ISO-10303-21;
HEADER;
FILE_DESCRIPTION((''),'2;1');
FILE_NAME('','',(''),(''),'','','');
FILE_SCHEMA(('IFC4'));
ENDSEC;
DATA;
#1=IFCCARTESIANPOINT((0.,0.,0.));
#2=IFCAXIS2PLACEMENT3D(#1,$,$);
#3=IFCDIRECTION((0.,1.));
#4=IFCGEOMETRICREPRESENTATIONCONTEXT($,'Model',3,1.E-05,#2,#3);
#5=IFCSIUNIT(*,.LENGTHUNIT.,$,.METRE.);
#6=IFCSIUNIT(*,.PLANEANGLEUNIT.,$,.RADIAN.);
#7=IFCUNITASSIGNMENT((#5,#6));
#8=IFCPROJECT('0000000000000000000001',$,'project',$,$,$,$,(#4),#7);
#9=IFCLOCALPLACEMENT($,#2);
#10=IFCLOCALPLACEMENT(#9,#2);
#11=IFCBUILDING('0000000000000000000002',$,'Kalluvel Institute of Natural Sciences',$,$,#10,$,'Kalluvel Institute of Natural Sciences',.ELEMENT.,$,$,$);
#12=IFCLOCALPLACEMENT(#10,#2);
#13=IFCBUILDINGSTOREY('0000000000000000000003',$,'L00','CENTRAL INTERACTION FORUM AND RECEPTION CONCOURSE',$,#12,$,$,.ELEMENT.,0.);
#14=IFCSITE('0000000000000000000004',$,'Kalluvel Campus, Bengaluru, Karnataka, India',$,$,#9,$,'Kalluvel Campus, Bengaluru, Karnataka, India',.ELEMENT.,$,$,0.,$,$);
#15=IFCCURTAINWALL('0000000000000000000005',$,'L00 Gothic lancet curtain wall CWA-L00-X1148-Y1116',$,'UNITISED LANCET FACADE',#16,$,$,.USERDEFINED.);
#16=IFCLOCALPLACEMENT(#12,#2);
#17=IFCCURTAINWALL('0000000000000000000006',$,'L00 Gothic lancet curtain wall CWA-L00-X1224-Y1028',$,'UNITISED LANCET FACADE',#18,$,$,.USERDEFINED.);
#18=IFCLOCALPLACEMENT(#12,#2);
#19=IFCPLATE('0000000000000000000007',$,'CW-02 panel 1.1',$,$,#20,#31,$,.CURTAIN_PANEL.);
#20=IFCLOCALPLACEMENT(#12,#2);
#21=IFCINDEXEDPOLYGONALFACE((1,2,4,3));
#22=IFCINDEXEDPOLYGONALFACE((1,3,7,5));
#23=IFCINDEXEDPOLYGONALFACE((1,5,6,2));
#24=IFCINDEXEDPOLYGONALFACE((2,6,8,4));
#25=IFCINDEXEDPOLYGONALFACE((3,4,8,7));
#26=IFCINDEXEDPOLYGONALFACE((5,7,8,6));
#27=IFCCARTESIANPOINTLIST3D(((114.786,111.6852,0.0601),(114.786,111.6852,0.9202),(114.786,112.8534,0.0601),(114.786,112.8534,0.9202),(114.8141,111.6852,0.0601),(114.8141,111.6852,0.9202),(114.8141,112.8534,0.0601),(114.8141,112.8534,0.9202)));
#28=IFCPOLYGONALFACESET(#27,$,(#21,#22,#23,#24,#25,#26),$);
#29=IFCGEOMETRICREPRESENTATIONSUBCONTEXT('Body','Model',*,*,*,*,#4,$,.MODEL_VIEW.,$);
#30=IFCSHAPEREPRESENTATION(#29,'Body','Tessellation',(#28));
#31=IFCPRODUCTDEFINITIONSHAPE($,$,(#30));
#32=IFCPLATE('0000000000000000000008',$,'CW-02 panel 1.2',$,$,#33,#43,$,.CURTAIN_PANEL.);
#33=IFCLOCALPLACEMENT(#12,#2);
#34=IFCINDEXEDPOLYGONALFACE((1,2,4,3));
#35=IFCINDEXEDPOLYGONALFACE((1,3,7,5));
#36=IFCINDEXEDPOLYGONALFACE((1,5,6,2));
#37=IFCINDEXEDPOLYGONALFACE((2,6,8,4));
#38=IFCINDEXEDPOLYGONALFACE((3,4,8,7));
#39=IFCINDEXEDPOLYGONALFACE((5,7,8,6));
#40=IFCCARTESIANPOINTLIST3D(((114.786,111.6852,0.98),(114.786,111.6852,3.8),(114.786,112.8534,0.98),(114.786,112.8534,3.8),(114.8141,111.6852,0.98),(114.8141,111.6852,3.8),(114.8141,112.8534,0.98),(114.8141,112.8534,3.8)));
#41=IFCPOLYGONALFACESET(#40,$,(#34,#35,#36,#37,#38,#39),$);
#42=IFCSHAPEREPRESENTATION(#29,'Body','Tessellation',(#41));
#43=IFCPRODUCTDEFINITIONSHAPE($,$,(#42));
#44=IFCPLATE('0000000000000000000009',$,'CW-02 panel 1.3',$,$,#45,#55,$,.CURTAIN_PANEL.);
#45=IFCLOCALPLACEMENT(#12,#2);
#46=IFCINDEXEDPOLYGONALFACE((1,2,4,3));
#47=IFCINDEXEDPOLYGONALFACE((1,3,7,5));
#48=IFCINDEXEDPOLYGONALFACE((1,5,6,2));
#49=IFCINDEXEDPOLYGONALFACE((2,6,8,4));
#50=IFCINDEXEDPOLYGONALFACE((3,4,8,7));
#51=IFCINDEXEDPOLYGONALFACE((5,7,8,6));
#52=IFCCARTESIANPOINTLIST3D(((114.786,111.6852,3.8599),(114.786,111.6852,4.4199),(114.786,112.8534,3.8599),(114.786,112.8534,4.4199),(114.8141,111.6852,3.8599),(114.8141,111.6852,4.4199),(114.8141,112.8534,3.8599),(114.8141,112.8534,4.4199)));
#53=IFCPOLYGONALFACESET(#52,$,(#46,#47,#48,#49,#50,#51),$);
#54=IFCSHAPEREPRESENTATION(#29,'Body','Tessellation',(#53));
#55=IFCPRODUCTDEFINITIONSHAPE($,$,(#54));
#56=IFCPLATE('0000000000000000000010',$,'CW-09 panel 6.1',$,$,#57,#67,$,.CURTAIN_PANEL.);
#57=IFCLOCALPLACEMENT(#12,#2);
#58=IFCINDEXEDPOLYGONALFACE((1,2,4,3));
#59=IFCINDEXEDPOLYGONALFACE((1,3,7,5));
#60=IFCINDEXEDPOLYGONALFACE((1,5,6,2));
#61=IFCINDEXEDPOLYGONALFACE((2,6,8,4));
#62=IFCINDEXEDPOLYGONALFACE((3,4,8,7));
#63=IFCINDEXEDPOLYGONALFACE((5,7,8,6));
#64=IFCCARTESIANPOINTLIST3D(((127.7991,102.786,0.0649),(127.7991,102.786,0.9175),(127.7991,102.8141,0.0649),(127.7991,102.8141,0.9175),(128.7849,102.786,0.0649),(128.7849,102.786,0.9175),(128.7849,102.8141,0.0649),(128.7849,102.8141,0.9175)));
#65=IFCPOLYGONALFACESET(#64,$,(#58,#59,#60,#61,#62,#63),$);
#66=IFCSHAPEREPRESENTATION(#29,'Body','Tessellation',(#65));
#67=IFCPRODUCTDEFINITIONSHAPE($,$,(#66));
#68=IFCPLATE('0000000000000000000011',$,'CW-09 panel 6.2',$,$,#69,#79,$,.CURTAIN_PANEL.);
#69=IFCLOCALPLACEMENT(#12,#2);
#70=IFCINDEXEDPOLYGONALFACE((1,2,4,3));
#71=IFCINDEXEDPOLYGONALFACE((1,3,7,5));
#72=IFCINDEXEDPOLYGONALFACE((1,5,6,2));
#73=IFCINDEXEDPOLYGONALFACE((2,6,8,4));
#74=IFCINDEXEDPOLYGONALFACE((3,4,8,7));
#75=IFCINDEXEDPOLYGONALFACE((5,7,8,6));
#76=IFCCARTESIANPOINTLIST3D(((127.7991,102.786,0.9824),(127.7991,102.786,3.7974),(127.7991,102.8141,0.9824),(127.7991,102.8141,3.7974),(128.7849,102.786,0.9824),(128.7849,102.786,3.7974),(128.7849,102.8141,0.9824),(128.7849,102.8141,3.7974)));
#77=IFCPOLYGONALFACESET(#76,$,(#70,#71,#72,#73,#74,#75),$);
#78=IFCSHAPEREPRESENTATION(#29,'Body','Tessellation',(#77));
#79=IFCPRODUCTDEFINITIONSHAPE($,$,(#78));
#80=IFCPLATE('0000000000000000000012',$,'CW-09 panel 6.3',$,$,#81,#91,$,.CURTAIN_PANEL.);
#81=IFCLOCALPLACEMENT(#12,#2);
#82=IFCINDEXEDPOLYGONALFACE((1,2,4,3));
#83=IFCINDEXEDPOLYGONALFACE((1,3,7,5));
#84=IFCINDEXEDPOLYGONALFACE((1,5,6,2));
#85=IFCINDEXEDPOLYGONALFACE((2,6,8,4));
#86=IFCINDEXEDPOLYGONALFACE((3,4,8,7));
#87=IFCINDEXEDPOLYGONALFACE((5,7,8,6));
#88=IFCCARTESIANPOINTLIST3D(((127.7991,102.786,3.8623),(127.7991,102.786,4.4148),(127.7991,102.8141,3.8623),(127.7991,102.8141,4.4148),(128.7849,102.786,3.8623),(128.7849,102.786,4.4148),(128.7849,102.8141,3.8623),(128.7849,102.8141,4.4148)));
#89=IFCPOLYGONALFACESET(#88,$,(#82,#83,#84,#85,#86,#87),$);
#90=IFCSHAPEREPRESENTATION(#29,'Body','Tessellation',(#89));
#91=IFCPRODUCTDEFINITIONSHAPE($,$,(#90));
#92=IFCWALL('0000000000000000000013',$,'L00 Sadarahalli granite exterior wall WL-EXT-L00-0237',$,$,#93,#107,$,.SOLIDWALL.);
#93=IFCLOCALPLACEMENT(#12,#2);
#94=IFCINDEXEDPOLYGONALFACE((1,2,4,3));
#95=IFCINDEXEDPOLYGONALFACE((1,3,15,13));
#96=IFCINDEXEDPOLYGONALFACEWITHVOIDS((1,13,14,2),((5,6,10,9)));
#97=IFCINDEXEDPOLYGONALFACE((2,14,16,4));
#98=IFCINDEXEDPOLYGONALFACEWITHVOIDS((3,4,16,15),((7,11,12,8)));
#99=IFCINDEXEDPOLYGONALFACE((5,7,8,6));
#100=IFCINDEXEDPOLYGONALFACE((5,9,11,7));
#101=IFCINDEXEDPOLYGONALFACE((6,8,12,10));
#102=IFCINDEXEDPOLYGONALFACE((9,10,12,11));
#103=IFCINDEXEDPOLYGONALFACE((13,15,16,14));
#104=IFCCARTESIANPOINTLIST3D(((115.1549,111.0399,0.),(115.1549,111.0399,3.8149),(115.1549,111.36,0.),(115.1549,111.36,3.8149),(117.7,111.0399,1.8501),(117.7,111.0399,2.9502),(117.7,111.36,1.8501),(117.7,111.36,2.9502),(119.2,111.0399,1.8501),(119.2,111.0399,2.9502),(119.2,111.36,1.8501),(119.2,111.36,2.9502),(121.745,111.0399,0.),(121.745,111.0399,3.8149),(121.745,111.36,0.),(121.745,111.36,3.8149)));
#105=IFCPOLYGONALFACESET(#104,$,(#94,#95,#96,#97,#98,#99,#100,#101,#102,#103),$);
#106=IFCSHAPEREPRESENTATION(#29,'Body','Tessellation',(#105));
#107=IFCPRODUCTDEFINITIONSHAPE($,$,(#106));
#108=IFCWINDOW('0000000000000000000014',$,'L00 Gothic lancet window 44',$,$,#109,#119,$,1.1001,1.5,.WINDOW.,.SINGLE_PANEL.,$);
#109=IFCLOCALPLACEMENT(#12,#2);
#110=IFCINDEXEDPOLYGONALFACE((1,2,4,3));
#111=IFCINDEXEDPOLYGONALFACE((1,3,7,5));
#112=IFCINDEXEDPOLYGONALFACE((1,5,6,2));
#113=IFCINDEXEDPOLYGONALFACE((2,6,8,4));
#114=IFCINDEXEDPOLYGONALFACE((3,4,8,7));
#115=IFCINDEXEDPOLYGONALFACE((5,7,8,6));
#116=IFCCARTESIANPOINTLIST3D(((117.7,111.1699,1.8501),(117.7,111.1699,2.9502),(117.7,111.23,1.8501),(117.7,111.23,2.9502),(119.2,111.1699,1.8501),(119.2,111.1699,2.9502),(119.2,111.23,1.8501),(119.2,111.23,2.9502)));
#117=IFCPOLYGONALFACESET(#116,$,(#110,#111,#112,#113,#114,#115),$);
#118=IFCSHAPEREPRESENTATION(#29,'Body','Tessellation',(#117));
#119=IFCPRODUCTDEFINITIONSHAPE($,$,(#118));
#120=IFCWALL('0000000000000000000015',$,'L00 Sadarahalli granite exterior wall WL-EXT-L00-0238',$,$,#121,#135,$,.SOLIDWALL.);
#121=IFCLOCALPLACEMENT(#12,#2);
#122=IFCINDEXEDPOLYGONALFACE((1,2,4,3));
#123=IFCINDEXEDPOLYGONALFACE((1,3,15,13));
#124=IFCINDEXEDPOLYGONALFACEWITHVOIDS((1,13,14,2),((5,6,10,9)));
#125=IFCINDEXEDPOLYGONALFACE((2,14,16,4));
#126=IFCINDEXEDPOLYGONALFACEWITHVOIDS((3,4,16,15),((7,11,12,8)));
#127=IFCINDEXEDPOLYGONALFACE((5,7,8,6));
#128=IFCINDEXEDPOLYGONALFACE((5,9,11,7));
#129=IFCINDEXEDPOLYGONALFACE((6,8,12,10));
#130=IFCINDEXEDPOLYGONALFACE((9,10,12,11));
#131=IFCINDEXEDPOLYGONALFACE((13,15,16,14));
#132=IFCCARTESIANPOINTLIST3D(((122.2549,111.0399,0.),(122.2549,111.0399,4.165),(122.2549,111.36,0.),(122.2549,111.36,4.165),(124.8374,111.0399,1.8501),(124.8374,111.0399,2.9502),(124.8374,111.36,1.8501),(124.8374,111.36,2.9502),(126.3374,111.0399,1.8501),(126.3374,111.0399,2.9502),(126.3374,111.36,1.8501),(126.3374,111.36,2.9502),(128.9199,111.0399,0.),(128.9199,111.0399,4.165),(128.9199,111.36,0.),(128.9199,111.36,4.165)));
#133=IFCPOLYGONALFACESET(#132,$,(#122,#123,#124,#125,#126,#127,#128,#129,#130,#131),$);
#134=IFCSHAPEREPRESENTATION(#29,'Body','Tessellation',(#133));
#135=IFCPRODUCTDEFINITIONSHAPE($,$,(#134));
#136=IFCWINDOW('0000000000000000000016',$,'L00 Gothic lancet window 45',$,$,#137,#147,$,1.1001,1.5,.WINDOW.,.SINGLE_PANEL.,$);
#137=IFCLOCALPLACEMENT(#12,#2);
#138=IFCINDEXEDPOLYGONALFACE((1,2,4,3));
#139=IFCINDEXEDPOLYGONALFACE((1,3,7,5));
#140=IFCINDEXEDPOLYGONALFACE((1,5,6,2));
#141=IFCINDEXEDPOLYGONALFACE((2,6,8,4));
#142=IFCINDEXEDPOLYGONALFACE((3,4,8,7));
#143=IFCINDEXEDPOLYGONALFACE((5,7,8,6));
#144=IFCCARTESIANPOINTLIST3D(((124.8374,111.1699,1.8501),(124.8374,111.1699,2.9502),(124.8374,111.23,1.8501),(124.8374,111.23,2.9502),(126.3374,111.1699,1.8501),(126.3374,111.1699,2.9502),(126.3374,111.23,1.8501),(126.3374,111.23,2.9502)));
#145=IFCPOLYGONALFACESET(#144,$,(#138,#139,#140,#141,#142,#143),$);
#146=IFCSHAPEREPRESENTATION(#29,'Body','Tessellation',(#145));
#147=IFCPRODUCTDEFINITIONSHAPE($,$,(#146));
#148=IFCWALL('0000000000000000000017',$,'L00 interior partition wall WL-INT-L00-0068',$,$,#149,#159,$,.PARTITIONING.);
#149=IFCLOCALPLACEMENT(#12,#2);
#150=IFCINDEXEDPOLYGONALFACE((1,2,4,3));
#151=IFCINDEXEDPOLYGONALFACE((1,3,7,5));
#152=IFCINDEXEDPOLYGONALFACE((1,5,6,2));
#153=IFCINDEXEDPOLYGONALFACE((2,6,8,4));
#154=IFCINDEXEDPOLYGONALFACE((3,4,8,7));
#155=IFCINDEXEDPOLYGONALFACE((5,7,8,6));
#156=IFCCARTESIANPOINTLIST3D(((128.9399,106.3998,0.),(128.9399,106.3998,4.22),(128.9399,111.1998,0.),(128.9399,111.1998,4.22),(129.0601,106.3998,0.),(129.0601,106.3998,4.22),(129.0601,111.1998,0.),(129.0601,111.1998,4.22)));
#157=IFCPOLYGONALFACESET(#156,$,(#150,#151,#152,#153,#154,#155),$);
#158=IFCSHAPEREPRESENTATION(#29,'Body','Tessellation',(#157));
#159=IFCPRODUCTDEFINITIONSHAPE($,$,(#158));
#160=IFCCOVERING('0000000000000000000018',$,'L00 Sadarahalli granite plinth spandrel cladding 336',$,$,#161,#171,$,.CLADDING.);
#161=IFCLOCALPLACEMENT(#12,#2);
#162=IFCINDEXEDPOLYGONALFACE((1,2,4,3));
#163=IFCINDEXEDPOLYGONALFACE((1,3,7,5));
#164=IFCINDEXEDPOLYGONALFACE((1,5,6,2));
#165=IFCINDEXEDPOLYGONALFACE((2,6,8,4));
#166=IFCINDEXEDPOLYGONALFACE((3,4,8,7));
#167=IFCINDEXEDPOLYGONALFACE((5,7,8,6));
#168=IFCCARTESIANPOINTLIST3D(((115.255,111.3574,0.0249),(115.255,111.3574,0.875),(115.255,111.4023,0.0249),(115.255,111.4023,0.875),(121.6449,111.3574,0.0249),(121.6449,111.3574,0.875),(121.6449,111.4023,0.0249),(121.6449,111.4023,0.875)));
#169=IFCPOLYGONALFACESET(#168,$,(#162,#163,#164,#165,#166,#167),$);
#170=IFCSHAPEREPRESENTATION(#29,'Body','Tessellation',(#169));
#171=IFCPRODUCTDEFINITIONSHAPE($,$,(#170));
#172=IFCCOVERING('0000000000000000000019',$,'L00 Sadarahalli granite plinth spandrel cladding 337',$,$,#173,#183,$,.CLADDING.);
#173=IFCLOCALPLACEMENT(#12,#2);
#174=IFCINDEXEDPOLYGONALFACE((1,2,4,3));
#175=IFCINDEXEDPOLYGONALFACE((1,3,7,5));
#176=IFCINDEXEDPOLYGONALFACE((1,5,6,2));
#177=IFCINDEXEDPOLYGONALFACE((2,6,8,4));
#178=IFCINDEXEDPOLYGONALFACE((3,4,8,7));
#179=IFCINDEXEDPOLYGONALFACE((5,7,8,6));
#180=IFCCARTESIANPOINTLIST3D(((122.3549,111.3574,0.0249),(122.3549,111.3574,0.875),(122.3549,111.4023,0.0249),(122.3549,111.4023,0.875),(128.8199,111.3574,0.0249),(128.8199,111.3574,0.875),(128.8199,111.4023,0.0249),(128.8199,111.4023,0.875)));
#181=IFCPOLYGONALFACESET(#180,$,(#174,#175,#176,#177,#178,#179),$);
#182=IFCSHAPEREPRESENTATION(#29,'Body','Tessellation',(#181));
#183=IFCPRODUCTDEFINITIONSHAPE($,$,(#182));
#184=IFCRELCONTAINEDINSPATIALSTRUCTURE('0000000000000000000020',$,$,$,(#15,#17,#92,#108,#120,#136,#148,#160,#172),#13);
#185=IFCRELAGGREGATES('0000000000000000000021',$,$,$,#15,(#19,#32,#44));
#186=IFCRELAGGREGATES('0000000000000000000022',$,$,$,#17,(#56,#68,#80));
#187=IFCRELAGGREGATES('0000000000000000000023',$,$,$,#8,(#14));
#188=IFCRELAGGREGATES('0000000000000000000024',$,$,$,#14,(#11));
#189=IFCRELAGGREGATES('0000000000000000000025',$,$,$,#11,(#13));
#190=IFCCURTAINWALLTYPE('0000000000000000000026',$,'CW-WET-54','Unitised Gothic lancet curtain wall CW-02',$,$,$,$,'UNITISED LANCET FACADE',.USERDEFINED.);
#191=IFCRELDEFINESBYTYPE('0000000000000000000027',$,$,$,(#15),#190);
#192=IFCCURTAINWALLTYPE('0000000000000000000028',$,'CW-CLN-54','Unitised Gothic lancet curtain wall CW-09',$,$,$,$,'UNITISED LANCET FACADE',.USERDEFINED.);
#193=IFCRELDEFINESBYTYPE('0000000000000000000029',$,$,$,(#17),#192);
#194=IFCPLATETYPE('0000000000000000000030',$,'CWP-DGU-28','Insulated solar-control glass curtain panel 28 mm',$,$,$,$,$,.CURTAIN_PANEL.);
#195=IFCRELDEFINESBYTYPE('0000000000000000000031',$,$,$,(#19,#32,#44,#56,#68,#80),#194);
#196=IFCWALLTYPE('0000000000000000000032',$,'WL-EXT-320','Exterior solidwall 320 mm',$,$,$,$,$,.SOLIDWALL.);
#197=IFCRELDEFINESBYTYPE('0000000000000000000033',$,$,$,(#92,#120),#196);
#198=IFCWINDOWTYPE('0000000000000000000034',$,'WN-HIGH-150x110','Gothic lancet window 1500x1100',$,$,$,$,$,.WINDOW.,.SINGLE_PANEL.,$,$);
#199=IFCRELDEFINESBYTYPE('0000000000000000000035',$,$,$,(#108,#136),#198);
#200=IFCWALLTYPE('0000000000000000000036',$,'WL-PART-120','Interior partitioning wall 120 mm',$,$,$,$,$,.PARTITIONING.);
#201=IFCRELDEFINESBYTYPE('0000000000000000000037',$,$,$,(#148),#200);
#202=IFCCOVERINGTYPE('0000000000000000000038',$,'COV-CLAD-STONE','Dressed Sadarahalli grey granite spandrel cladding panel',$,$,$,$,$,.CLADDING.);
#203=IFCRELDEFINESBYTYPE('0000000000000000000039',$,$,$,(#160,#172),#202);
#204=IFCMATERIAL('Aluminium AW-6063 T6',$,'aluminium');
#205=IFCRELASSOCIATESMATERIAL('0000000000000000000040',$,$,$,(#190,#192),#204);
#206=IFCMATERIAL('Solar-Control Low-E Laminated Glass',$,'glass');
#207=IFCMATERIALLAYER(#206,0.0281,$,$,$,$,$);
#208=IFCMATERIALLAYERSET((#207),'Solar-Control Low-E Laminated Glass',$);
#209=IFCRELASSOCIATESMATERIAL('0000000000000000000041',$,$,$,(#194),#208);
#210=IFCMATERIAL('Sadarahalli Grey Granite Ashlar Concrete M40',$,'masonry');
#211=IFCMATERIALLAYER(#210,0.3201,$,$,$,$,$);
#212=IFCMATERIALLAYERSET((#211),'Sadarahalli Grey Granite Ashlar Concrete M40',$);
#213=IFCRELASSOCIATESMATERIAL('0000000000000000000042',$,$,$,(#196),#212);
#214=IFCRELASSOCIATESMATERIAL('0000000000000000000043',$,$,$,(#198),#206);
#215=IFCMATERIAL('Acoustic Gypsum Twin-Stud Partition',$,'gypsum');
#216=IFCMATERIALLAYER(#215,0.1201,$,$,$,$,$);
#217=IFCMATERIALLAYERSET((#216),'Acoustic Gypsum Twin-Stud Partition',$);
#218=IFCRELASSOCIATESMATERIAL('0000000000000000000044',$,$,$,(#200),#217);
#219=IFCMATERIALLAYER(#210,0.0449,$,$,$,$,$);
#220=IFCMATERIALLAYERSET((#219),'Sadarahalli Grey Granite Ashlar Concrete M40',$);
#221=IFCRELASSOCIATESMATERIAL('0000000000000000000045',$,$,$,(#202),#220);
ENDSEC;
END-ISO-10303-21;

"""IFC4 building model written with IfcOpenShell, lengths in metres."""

from ifc_helpers import new_model, si_unit, direction, frame, frame_2d, origin, origin_2d, place, context, subcontext, project, spatial, rectangle, extrude, material, layer, layer_set, type_object, element, fill, aggregate, save


model = new_model("IFC4")

# Units and contexts
model_context = context("Model", 3, precision=1e-05, world=origin(), true_north=direction((0.0, 1.0)))
body_context = subcontext(model_context, "Body", "Model", "MODEL_VIEW")
ifc_project = project(units=[si_unit("LENGTHUNIT", "METRE"), si_unit("PLANEANGLEUNIT", "RADIAN")], contexts=[model_context])

# Site, building, storey
site_placement = place(None, origin())
site = spatial("IfcSite", under=ifc_project, at=site_placement, Name="Kalluvel Campus, Bengaluru, Karnataka, India", LongName="Kalluvel Campus, Bengaluru, Karnataka, India", CompositionType="ELEMENT", RefElevation=0.0)
building_placement = place(site_placement, origin())
building = spatial("IfcBuilding", under=site, at=building_placement, Name="Kalluvel Institute of Natural Sciences", LongName="Kalluvel Institute of Natural Sciences", CompositionType="ELEMENT")
storey_placement = place(building_placement, origin())
storey = spatial("IfcBuildingStorey", under=building, at=storey_placement, Name="L00", Description="CENTRAL INTERACTION FORUM AND RECEPTION CONCOURSE", CompositionType="ELEMENT", Elevation=0.0)

# Curtain walls
ifc_material_1 = material(Name="Aluminium AW-6063 T6", Category="aluminium")
curtain_wall_type_1 = type_object("IfcCurtainWallType", Name="CW-WET-54", Description="Unitised Gothic lancet curtain wall CW-02", ElementType="UNITISED LANCET FACADE", PredefinedType="USERDEFINED", material=ifc_material_1)
curtain_wall_1_placement = place(storey_placement, origin())
curtain_wall_1 = element("IfcCurtainWall", 1, at=curtain_wall_1_placement, inside=storey, type_object=curtain_wall_type_1, Name="L00 Gothic lancet curtain wall CWA-L00-X1148-Y1116", ObjectType="UNITISED LANCET FACADE", PredefinedType="USERDEFINED")
curtain_wall_type_2 = type_object("IfcCurtainWallType", Name="CW-CLN-54", Description="Unitised Gothic lancet curtain wall CW-09", ElementType="UNITISED LANCET FACADE", PredefinedType="USERDEFINED", material=ifc_material_1)
curtain_wall_2_placement = place(storey_placement, origin())
curtain_wall_2 = element("IfcCurtainWall", 2, at=curtain_wall_2_placement, inside=storey, type_object=curtain_wall_type_2, Name="L00 Gothic lancet curtain wall CWA-L00-X1224-Y1028", ObjectType="UNITISED LANCET FACADE", PredefinedType="USERDEFINED")

# Plates
ifc_material_2 = material(Name="Solar-Control Low-E Laminated Glass", Category="glass")
ifc_layer_1 = layer(ifc_material_2, 0.0281)
ifc_layer_set_1 = layer_set([ifc_layer_1], Name="Solar-Control Low-E Laminated Glass")
plate_type = type_object("IfcPlateType", Name="CWP-DGU-28", Description="Insulated solar-control glass curtain panel 28 mm", PredefinedType="CURTAIN_PANEL", material=ifc_layer_set_1)
plate_1_placement = place(storey_placement, frame((114.8, 112.2693, 0.0601), z_axis=(0.0, 0.0, 1.0), x_axis=(0.0, 1.0, 0.0)))
plate_1 = element("IfcPlate", 3, at=plate_1_placement, type_object=plate_type, Name="CW-02 panel 1.1", PredefinedType="CURTAIN_PANEL", context=body_context, shape_type="SweptSolid", body=[
    extrude(rectangle(XDim=1.1682, YDim=0.0281, at=origin_2d()), origin(), (0.0, 0.0, 1.0), 0.8601),
])
plate_2_placement = place(storey_placement, frame((114.8, 112.2693, 0.98), z_axis=(0.0, 0.0, 1.0), x_axis=(0.0, 1.0, 0.0)))
plate_2 = element("IfcPlate", 4, at=plate_2_placement, type_object=plate_type, Name="CW-02 panel 1.2", PredefinedType="CURTAIN_PANEL", context=body_context, shape_type="SweptSolid", body=[
    extrude(rectangle(XDim=1.1682, YDim=0.0281, at=origin_2d()), origin(), (0.0, 0.0, 1.0), 2.8201),
])
plate_3_placement = place(storey_placement, frame((114.8, 112.2693, 3.8599), z_axis=(0.0, 0.0, 1.0), x_axis=(0.0, 1.0, 0.0)))
plate_3 = element("IfcPlate", 5, at=plate_3_placement, type_object=plate_type, Name="CW-02 panel 1.3", PredefinedType="CURTAIN_PANEL", context=body_context, shape_type="SweptSolid", body=[
    extrude(rectangle(XDim=1.1682, YDim=0.0281, at=origin_2d()), origin(), (0.0, 0.0, 1.0), 0.5601),
])
aggregate(curtain_wall_1, [plate_1, plate_2, plate_3])
plate_4_placement = place(storey_placement, frame((128.292, 102.8, 0.0649), z_axis=(0.0, 0.0, 1.0), x_axis=(1.0, 0.0, 0.0)))
plate_4 = element("IfcPlate", 6, at=plate_4_placement, type_object=plate_type, Name="CW-09 panel 6.1", PredefinedType="CURTAIN_PANEL", context=body_context, shape_type="SweptSolid", body=[
    extrude(rectangle(XDim=0.9858, YDim=0.0281, at=origin_2d()), origin(), (0.0, 0.0, 1.0), 0.8525),
])
plate_5_placement = place(storey_placement, frame((128.292, 102.8, 0.9824), z_axis=(0.0, 0.0, 1.0), x_axis=(1.0, 0.0, 0.0)))
plate_5 = element("IfcPlate", 7, at=plate_5_placement, type_object=plate_type, Name="CW-09 panel 6.2", PredefinedType="CURTAIN_PANEL", context=body_context, shape_type="SweptSolid", body=[
    extrude(rectangle(XDim=0.9858, YDim=0.0281, at=origin_2d()), origin(), (0.0, 0.0, 1.0), 2.8149),
])
plate_6_placement = place(storey_placement, frame((128.292, 102.8, 3.8623), z_axis=(0.0, 0.0, 1.0), x_axis=(1.0, 0.0, 0.0)))
plate_6 = element("IfcPlate", 8, at=plate_6_placement, type_object=plate_type, Name="CW-09 panel 6.3", PredefinedType="CURTAIN_PANEL", context=body_context, shape_type="SweptSolid", body=[
    extrude(rectangle(XDim=0.9858, YDim=0.0281, at=origin_2d()), origin(), (0.0, 0.0, 1.0), 0.5525),
])
aggregate(curtain_wall_2, [plate_4, plate_5, plate_6])

# Walls, openings, windows
ifc_material_3 = material(Name="Sadarahalli Grey Granite Ashlar Concrete M40", Category="masonry")
ifc_layer_2 = layer(ifc_material_3, 0.3201)
ifc_layer_set_2 = layer_set([ifc_layer_2], Name="Sadarahalli Grey Granite Ashlar Concrete M40")
wall_type_1 = type_object("IfcWallType", Name="WL-EXT-320", Description="Exterior solidwall 320 mm", PredefinedType="SOLIDWALL", material=ifc_layer_set_2)
wall_1_placement = place(storey_placement, frame((115.155, 111.2, 0.0), z_axis=(0.0, 0.0, 1.0), x_axis=(1.0, 0.0, 0.0)))
wall_1 = element("IfcWall", 9, at=wall_1_placement, inside=storey, type_object=wall_type_1, Name="L00 Sadarahalli granite exterior wall WL-EXT-L00-0237", PredefinedType="SOLIDWALL", context=body_context, shape_type="SweptSolid", body=[
    extrude(rectangle(XDim=6.5901, YDim=0.3201, at=frame_2d((3.2949, 0.0))), origin(), (0.0, 0.0, 1.0), 3.8149),
])
opening_1_placement = place(wall_1_placement, frame((2.5449, 0.0, 1.8501)))
opening_1 = element("IfcOpeningElement", 10, at=opening_1_placement, cuts=wall_1, PredefinedType="OPENING", context=body_context, shape_type="SweptSolid", body=[
    extrude(rectangle(XDim=1.5, YDim=1.1001, at=frame_2d((0.75, 0.55))), frame((0.0, 0.1699, 0.0), z_axis=(0.0, -1.0, 0.0), x_axis=(1.0, 0.0, 0.0)), (0.0, 0.0, 1.0), 0.3401),
])
window_type = type_object("IfcWindowType", Name="WN-HIGH-150x110", Description="Gothic lancet window 1500x1100", PartitioningType="SINGLE_PANEL", PredefinedType="WINDOW", material=ifc_material_2)
window_1_placement = place(opening_1_placement, origin())
window_1 = element("IfcWindow", 11, at=window_1_placement, inside=storey, type_object=window_type, Name="L00 Gothic lancet window 44", OverallHeight=1.1001, OverallWidth=1.5, PartitioningType="SINGLE_PANEL", PredefinedType="WINDOW", context=body_context, shape_type="SweptSolid", body=[
    extrude(rectangle(XDim=1.5, YDim=1.1001, at=frame_2d((0.75, 0.55))), frame((0.0, 0.03, 0.0), z_axis=(0.0, -1.0, 0.0), x_axis=(1.0, 0.0, 0.0)), (0.0, 0.0, 1.0), 0.0601),
])
fill(opening_1, window_1)
wall_2_placement = place(storey_placement, frame((122.2549, 111.2, 0.0), z_axis=(0.0, 0.0, 1.0), x_axis=(1.0, 0.0, 0.0)))
wall_2 = element("IfcWall", 12, at=wall_2_placement, inside=storey, type_object=wall_type_1, Name="L00 Sadarahalli granite exterior wall WL-EXT-L00-0238", PredefinedType="SOLIDWALL", context=body_context, shape_type="SweptSolid", body=[
    extrude(rectangle(XDim=6.665, YDim=0.3201, at=frame_2d((3.3325, 0.0))), origin(), (0.0, 0.0, 1.0), 4.165),
])
opening_2_placement = place(wall_2_placement, frame((2.5825, 0.0, 1.8501)))
opening_2 = element("IfcOpeningElement", 13, at=opening_2_placement, cuts=wall_2, PredefinedType="OPENING", context=body_context, shape_type="SweptSolid", body=[
    extrude(rectangle(XDim=1.5, YDim=1.1001, at=frame_2d((0.75, 0.55))), frame((0.0, 0.1699, 0.0), z_axis=(0.0, -1.0, 0.0), x_axis=(1.0, 0.0, 0.0)), (0.0, 0.0, 1.0), 0.3401),
])
window_2_placement = place(opening_2_placement, origin())
window_2 = element("IfcWindow", 14, at=window_2_placement, inside=storey, type_object=window_type, Name="L00 Gothic lancet window 45", OverallHeight=1.1001, OverallWidth=1.5, PartitioningType="SINGLE_PANEL", PredefinedType="WINDOW", context=body_context, shape_type="SweptSolid", body=[
    extrude(rectangle(XDim=1.5, YDim=1.1001, at=frame_2d((0.75, 0.55))), frame((0.0, 0.03, 0.0), z_axis=(0.0, -1.0, 0.0), x_axis=(1.0, 0.0, 0.0)), (0.0, 0.0, 1.0), 0.0601),
])
fill(opening_2, window_2)

# Wall
ifc_material_4 = material(Name="Acoustic Gypsum Twin-Stud Partition", Category="gypsum")
ifc_layer_3 = layer(ifc_material_4, 0.1201)
ifc_layer_set_3 = layer_set([ifc_layer_3], Name="Acoustic Gypsum Twin-Stud Partition")
wall_type_2 = type_object("IfcWallType", Name="WL-PART-120", Description="Interior partitioning wall 120 mm", PredefinedType="PARTITIONING", material=ifc_layer_set_3)
wall_3_placement = place(storey_placement, frame((129.0, 106.3999, 0.0), z_axis=(0.0, 0.0, 1.0), x_axis=(0.0, 1.0, 0.0)))
element("IfcWall", 15, at=wall_3_placement, inside=storey, type_object=wall_type_2, Name="L00 interior partition wall WL-INT-L00-0068", PredefinedType="PARTITIONING", context=body_context, shape_type="SweptSolid", body=[
    extrude(rectangle(XDim=4.8, YDim=0.1201, at=frame_2d((2.3999, 0.0))), origin(), (0.0, 0.0, 1.0), 4.22),
])

# Coverings
ifc_layer_4 = layer(ifc_material_3, 0.0449)
ifc_layer_set_4 = layer_set([ifc_layer_4], Name="Sadarahalli Grey Granite Ashlar Concrete M40")
covering_type = type_object("IfcCoveringType", Name="COV-CLAD-STONE", Description="Dressed Sadarahalli grey granite spandrel cladding panel", PredefinedType="CLADDING", material=ifc_layer_set_4)
covering_1_placement = place(storey_placement, frame((118.45, 111.3799, 0.0249), z_axis=(0.0, 0.0, 1.0), x_axis=(1.0, 0.0, 0.0)))
element("IfcCovering", 16, at=covering_1_placement, inside=storey, type_object=covering_type, Name="L00 Sadarahalli granite plinth spandrel cladding 336", PredefinedType="CLADDING", context=body_context, shape_type="SweptSolid", body=[
    extrude(rectangle(XDim=6.3899, YDim=0.0449, at=origin_2d()), origin(), (0.0, 0.0, 1.0), 0.8501),
])
covering_2_placement = place(storey_placement, frame((125.5874, 111.3799, 0.0249), z_axis=(0.0, 0.0, 1.0), x_axis=(1.0, 0.0, 0.0)))
element("IfcCovering", 17, at=covering_2_placement, inside=storey, type_object=covering_type, Name="L00 Sadarahalli granite plinth spandrel cladding 337", PredefinedType="CLADDING", context=body_context, shape_type="SweptSolid", body=[
    extrude(rectangle(XDim=6.4651, YDim=0.0449, at=origin_2d()), origin(), (0.0, 0.0, 1.0), 0.8501),
])

save(model, "model.ifc")
